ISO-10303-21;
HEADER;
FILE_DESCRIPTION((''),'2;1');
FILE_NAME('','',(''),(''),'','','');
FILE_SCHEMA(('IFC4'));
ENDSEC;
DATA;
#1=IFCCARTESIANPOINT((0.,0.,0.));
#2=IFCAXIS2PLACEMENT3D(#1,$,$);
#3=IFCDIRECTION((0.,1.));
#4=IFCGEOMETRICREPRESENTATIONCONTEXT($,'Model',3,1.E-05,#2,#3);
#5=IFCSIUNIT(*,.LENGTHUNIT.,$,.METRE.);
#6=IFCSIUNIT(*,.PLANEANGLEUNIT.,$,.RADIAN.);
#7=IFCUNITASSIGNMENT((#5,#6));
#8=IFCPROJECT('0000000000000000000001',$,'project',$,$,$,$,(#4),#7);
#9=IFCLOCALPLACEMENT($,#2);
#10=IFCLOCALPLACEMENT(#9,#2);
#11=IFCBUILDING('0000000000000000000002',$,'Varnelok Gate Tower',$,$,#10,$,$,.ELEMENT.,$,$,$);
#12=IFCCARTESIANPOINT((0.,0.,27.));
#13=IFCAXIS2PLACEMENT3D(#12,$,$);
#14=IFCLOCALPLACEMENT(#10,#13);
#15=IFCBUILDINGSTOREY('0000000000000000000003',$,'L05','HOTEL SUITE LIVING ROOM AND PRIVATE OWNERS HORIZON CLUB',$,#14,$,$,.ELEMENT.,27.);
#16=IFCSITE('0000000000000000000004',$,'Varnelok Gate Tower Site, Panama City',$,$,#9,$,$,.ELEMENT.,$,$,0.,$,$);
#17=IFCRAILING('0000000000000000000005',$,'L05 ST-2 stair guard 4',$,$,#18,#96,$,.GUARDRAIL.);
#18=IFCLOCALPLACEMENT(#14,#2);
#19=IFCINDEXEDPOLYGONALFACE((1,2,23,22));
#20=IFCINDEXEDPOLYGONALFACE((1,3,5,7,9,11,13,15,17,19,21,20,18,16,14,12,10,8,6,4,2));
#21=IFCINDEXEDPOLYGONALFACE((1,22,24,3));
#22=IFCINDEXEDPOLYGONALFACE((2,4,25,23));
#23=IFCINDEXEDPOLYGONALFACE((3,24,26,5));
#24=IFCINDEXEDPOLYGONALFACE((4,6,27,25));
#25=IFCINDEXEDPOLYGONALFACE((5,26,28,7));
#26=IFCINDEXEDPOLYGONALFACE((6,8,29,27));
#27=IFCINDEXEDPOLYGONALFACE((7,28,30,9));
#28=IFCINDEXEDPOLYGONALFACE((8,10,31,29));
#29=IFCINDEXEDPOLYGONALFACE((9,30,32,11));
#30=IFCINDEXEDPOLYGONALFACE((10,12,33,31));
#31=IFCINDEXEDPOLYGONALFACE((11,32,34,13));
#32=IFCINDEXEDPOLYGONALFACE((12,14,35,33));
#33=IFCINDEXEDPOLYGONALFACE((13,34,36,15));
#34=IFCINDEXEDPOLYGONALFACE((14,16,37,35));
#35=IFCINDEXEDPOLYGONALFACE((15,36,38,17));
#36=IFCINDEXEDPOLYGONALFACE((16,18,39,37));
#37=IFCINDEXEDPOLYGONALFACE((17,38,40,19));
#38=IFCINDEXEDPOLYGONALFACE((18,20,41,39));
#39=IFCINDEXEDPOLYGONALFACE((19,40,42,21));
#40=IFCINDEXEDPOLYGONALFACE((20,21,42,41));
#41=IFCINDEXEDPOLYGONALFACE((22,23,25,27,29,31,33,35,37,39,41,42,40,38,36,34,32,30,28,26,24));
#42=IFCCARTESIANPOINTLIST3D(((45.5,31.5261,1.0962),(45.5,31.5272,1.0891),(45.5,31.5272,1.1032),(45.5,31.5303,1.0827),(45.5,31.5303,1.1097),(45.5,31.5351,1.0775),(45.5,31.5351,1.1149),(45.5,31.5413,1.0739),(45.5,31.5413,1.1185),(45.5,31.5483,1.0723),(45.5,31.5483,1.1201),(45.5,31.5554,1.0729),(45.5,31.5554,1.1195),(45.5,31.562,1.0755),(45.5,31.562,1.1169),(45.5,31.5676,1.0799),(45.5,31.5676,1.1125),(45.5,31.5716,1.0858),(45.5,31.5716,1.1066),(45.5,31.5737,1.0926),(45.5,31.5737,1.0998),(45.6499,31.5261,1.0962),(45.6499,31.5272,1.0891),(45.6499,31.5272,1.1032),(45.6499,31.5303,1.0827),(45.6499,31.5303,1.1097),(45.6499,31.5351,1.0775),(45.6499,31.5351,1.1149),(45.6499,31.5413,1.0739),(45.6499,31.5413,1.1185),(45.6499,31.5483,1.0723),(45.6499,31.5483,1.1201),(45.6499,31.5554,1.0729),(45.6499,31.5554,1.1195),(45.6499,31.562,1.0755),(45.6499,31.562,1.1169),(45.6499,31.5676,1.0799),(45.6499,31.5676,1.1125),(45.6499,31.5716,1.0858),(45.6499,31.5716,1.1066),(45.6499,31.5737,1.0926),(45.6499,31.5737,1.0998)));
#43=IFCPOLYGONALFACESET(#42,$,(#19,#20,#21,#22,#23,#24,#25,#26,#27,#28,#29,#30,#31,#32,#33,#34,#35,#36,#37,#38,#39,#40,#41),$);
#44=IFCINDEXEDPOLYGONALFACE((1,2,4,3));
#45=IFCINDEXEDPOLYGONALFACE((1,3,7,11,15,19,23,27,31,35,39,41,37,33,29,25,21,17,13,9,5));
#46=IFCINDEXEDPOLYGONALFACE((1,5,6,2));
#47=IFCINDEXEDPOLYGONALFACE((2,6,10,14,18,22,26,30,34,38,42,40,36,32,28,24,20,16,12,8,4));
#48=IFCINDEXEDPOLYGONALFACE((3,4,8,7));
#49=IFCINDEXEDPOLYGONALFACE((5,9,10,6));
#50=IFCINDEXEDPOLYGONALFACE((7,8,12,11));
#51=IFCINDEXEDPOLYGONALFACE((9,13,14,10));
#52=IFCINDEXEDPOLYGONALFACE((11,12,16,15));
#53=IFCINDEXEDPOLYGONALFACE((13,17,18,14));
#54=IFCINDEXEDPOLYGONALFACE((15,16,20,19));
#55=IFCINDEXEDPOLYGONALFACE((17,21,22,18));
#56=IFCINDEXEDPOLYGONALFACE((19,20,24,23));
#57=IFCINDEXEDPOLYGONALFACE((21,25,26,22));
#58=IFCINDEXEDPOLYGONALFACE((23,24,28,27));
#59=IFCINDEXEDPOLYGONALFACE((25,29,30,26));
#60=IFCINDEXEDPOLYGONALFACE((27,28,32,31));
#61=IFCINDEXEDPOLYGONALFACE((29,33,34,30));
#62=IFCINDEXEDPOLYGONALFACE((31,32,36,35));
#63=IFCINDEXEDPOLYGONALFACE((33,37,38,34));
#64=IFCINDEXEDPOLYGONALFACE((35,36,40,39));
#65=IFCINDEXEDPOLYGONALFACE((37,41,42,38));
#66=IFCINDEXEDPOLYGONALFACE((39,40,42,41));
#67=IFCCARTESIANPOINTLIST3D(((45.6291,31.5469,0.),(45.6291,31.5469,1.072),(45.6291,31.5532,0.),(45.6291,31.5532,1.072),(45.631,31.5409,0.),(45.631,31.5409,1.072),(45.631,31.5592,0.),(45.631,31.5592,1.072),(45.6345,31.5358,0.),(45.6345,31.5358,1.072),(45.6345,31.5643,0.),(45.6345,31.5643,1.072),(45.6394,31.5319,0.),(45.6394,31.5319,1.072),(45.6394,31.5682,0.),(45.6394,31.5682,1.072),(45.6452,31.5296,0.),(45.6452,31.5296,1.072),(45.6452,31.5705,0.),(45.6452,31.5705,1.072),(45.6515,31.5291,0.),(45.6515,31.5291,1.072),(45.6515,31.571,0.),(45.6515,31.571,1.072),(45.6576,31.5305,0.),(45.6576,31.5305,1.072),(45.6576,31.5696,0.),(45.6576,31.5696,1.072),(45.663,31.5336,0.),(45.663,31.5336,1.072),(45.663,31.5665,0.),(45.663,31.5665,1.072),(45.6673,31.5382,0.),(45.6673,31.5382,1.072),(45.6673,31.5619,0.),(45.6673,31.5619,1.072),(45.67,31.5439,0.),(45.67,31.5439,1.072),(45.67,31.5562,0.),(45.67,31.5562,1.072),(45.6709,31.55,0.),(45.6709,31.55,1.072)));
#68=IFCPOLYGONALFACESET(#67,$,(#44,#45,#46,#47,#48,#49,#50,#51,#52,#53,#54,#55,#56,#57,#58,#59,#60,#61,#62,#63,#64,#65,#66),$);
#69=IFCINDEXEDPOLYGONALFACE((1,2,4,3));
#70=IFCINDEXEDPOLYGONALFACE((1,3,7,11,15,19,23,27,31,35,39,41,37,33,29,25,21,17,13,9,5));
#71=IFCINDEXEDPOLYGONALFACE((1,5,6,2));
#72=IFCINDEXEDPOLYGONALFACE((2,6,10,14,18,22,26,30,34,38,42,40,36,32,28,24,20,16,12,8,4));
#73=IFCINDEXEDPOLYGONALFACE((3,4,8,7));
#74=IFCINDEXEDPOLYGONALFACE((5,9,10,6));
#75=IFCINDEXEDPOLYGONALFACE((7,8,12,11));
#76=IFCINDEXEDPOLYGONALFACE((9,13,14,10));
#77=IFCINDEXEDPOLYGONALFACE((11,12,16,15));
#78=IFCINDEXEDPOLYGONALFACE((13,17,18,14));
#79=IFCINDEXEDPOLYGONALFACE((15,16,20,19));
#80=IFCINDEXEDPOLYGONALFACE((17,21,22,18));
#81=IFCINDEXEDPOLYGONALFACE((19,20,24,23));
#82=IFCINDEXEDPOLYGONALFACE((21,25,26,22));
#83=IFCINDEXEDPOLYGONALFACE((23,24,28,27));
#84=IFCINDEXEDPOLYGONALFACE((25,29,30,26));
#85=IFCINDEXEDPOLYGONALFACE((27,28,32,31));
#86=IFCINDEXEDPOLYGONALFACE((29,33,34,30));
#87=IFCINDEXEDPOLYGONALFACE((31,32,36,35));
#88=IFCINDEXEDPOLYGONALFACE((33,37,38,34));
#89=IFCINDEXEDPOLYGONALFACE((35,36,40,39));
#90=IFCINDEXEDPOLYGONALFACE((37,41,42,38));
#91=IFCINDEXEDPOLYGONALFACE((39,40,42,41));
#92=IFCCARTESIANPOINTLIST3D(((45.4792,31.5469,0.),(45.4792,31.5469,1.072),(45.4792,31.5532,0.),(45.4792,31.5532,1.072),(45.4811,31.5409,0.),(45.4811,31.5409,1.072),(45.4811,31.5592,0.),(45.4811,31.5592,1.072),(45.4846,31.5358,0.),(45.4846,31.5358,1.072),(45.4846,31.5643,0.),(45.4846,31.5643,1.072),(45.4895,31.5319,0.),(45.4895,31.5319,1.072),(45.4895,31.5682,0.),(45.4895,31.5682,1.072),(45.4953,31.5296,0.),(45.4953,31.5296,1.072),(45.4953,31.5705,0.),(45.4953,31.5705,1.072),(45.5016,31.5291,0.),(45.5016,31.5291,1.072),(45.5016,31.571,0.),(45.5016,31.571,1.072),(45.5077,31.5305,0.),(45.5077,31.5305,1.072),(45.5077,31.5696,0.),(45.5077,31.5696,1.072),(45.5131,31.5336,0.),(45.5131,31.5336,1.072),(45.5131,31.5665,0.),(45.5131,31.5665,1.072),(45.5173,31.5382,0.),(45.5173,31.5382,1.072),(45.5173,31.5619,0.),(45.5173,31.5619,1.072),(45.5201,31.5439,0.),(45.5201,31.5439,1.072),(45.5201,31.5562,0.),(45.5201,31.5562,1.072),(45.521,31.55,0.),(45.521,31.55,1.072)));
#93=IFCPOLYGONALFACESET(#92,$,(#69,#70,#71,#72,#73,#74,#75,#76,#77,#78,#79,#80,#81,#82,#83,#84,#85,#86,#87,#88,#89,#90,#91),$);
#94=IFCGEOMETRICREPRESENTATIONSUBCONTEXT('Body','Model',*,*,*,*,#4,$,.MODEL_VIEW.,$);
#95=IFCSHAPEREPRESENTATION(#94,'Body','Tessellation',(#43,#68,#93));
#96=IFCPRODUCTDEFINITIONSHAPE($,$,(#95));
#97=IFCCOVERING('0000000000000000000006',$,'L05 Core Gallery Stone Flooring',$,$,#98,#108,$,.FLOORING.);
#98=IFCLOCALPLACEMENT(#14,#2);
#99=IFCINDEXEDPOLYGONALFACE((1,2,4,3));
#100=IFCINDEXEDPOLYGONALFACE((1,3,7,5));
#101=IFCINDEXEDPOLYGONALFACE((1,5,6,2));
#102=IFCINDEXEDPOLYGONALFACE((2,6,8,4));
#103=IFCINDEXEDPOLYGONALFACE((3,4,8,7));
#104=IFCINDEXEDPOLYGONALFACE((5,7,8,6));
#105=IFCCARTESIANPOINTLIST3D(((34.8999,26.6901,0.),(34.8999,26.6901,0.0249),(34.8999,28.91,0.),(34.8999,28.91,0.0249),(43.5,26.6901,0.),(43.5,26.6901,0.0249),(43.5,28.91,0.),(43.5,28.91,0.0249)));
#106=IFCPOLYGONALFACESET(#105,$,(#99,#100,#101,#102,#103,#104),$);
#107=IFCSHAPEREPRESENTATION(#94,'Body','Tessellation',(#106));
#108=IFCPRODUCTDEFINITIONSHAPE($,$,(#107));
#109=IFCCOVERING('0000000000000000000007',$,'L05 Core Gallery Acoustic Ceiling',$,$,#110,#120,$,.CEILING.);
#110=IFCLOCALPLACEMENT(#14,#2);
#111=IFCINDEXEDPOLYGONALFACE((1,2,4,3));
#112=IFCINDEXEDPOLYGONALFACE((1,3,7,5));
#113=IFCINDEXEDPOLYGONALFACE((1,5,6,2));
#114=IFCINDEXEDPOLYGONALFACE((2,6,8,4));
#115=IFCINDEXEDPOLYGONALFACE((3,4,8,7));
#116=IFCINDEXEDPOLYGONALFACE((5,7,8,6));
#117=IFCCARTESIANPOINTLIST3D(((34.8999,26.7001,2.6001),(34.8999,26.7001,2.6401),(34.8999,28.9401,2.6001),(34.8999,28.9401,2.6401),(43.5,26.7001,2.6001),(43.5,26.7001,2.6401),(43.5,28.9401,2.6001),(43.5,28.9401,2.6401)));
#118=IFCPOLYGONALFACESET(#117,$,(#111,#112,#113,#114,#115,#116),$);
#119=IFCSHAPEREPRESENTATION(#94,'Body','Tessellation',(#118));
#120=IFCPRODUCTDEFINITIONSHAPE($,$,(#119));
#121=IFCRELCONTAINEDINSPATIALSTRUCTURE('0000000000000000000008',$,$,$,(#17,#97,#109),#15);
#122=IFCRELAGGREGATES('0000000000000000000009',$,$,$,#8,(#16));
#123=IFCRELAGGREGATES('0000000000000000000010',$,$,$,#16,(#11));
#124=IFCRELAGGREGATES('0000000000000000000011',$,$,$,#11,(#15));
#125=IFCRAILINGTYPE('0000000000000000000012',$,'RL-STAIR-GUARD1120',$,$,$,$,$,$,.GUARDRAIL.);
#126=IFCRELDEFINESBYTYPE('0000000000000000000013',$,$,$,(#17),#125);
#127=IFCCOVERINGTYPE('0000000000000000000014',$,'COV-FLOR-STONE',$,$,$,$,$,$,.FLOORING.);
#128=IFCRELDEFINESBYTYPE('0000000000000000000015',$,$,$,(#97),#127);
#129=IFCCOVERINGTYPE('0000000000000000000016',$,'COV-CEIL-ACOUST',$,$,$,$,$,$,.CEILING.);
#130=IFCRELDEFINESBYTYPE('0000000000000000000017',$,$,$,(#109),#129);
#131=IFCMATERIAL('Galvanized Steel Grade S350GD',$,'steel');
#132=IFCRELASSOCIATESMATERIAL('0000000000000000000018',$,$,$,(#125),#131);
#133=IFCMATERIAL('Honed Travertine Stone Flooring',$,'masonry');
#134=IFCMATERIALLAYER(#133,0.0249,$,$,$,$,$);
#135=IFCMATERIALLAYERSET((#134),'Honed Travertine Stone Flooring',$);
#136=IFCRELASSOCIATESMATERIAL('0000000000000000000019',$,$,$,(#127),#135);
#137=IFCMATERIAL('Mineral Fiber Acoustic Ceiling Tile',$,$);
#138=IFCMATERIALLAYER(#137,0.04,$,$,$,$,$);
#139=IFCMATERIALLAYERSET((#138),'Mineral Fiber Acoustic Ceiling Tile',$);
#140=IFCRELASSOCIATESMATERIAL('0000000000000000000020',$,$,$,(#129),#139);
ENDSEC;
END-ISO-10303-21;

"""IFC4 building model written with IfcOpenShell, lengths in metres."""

from ifc_helpers import new_model, si_unit, direction, frame, origin, origin_2d, place, context, subcontext, project, spatial, rectangle, circle, extrude, source, transform, mapped, material, layer, layer_set, type_object, element, save


model = new_model("IFC4")

# Units and contexts
model_context = context("Model", 3, precision=1e-05, world=origin(), true_north=direction((0.0, 1.0)))
body_context = subcontext(model_context, "Body", "Model", "MODEL_VIEW")
ifc_project = project(units=[si_unit("LENGTHUNIT", "METRE"), si_unit("PLANEANGLEUNIT", "RADIAN")], contexts=[model_context])

# Site, building, storey
site_placement = place(None, origin())
site = spatial("IfcSite", under=ifc_project, at=site_placement, Name="Varnelok Gate Tower Site, Panama City", CompositionType="ELEMENT", RefElevation=0.0)
building_placement = place(site_placement, origin())
building = spatial("IfcBuilding", under=site, at=building_placement, Name="Varnelok Gate Tower", CompositionType="ELEMENT")
storey_placement = place(building_placement, frame((0.0, 0.0, 27.0)))
storey = spatial("IfcBuildingStorey", under=building, at=storey_placement, Name="L05", Description="HOTEL SUITE LIVING ROOM AND PRIVATE OWNERS HORIZON CLUB", CompositionType="ELEMENT", Elevation=27.0)

# Shared definitions
ifc_material_1 = material(Name="Galvanized Steel Grade S350GD", Category="steel")

# Railing
railing_type_1 = type_object("IfcRailingType", Name="RL-STAIR-GUARD1120", PredefinedType="GUARDRAIL", material=ifc_material_1)
railing_1_placement = place(storey_placement, frame((45.6499, 31.55, 0.0)))
element("IfcRailing", 1, at=railing_1_placement, inside=storey, type_object=railing_type_1, Name="L05 ST-2 stair guard 4", PredefinedType="GUARDRAIL", context=body_context, shape_type="SweptSolid", body=[
    extrude(circle(Radius=0.0239, at=origin_2d()), frame((0.0, 0.0, 1.0962), z_axis=(-1.0, 0.0, 0.0), x_axis=(0.0, -1.0, 0.0)), (0.0, 0.0, 1.0), 0.1499),
    extrude(circle(Radius=0.021, at=origin_2d()), origin(), (0.0, 0.0, 1.0), 1.072),
    extrude(circle(Radius=0.021, at=origin_2d()), frame((-0.1499, 0.0, 0.0)), (0.0, 0.0, 1.0), 1.072),
])

# Coverings
ifc_material_2 = material(Name="Honed Travertine Stone Flooring", Category="masonry")
ifc_layer_1 = layer(ifc_material_2, 0.0249)
ifc_layer_set_1 = layer_set([ifc_layer_1], Name="Honed Travertine Stone Flooring")
covering_type_1 = type_object("IfcCoveringType", Name="COV-FLOR-STONE", PredefinedType="FLOORING", material=ifc_layer_set_1)
shared_shape_1 = source(origin(), body_context, "Body", "SweptSolid", [
    extrude(rectangle(XDim=8.6001, YDim=2.22, at=origin_2d()), origin(), (0.0, 0.0, 1.0), 0.0249),
])
covering_1_placement = place(storey_placement, frame((39.2, 27.8, 0.0), z_axis=(0.0, 0.0, 1.0), x_axis=(1.0, 0.0, 0.0)))
element("IfcCovering", 2, at=covering_1_placement, inside=storey, type_object=covering_type_1, Name="L05 Core Gallery Stone Flooring", PredefinedType="FLOORING", context=body_context, shape_type="MappedRepresentation", body=[
    mapped(shared_shape_1, transform((0.0, 0.0, 0.0), scale=1.0)),
])
ifc_material_3 = material(Name="Mineral Fiber Acoustic Ceiling Tile")
ifc_layer_2 = layer(ifc_material_3, 0.04)
ifc_layer_set_2 = layer_set([ifc_layer_2], Name="Mineral Fiber Acoustic Ceiling Tile")
covering_type_2 = type_object("IfcCoveringType", Name="COV-CEIL-ACOUST", PredefinedType="CEILING", material=ifc_layer_set_2)
shared_shape_2 = source(origin(), body_context, "Body", "SweptSolid", [
    extrude(rectangle(XDim=8.6001, YDim=2.24, at=origin_2d()), origin(), (0.0, 0.0, 1.0), 0.04),
])
covering_2_placement = place(storey_placement, frame((39.2, 27.8201, 2.6001), z_axis=(0.0, 0.0, 1.0), x_axis=(1.0, 0.0, 0.0)))
element("IfcCovering", 3, at=covering_2_placement, inside=storey, type_object=covering_type_2, Name="L05 Core Gallery Acoustic Ceiling", PredefinedType="CEILING", context=body_context, shape_type="MappedRepresentation", body=[
    mapped(shared_shape_2, transform((0.0, 0.0, 0.0), scale=1.0)),
])

save(model, "model.ifc")
